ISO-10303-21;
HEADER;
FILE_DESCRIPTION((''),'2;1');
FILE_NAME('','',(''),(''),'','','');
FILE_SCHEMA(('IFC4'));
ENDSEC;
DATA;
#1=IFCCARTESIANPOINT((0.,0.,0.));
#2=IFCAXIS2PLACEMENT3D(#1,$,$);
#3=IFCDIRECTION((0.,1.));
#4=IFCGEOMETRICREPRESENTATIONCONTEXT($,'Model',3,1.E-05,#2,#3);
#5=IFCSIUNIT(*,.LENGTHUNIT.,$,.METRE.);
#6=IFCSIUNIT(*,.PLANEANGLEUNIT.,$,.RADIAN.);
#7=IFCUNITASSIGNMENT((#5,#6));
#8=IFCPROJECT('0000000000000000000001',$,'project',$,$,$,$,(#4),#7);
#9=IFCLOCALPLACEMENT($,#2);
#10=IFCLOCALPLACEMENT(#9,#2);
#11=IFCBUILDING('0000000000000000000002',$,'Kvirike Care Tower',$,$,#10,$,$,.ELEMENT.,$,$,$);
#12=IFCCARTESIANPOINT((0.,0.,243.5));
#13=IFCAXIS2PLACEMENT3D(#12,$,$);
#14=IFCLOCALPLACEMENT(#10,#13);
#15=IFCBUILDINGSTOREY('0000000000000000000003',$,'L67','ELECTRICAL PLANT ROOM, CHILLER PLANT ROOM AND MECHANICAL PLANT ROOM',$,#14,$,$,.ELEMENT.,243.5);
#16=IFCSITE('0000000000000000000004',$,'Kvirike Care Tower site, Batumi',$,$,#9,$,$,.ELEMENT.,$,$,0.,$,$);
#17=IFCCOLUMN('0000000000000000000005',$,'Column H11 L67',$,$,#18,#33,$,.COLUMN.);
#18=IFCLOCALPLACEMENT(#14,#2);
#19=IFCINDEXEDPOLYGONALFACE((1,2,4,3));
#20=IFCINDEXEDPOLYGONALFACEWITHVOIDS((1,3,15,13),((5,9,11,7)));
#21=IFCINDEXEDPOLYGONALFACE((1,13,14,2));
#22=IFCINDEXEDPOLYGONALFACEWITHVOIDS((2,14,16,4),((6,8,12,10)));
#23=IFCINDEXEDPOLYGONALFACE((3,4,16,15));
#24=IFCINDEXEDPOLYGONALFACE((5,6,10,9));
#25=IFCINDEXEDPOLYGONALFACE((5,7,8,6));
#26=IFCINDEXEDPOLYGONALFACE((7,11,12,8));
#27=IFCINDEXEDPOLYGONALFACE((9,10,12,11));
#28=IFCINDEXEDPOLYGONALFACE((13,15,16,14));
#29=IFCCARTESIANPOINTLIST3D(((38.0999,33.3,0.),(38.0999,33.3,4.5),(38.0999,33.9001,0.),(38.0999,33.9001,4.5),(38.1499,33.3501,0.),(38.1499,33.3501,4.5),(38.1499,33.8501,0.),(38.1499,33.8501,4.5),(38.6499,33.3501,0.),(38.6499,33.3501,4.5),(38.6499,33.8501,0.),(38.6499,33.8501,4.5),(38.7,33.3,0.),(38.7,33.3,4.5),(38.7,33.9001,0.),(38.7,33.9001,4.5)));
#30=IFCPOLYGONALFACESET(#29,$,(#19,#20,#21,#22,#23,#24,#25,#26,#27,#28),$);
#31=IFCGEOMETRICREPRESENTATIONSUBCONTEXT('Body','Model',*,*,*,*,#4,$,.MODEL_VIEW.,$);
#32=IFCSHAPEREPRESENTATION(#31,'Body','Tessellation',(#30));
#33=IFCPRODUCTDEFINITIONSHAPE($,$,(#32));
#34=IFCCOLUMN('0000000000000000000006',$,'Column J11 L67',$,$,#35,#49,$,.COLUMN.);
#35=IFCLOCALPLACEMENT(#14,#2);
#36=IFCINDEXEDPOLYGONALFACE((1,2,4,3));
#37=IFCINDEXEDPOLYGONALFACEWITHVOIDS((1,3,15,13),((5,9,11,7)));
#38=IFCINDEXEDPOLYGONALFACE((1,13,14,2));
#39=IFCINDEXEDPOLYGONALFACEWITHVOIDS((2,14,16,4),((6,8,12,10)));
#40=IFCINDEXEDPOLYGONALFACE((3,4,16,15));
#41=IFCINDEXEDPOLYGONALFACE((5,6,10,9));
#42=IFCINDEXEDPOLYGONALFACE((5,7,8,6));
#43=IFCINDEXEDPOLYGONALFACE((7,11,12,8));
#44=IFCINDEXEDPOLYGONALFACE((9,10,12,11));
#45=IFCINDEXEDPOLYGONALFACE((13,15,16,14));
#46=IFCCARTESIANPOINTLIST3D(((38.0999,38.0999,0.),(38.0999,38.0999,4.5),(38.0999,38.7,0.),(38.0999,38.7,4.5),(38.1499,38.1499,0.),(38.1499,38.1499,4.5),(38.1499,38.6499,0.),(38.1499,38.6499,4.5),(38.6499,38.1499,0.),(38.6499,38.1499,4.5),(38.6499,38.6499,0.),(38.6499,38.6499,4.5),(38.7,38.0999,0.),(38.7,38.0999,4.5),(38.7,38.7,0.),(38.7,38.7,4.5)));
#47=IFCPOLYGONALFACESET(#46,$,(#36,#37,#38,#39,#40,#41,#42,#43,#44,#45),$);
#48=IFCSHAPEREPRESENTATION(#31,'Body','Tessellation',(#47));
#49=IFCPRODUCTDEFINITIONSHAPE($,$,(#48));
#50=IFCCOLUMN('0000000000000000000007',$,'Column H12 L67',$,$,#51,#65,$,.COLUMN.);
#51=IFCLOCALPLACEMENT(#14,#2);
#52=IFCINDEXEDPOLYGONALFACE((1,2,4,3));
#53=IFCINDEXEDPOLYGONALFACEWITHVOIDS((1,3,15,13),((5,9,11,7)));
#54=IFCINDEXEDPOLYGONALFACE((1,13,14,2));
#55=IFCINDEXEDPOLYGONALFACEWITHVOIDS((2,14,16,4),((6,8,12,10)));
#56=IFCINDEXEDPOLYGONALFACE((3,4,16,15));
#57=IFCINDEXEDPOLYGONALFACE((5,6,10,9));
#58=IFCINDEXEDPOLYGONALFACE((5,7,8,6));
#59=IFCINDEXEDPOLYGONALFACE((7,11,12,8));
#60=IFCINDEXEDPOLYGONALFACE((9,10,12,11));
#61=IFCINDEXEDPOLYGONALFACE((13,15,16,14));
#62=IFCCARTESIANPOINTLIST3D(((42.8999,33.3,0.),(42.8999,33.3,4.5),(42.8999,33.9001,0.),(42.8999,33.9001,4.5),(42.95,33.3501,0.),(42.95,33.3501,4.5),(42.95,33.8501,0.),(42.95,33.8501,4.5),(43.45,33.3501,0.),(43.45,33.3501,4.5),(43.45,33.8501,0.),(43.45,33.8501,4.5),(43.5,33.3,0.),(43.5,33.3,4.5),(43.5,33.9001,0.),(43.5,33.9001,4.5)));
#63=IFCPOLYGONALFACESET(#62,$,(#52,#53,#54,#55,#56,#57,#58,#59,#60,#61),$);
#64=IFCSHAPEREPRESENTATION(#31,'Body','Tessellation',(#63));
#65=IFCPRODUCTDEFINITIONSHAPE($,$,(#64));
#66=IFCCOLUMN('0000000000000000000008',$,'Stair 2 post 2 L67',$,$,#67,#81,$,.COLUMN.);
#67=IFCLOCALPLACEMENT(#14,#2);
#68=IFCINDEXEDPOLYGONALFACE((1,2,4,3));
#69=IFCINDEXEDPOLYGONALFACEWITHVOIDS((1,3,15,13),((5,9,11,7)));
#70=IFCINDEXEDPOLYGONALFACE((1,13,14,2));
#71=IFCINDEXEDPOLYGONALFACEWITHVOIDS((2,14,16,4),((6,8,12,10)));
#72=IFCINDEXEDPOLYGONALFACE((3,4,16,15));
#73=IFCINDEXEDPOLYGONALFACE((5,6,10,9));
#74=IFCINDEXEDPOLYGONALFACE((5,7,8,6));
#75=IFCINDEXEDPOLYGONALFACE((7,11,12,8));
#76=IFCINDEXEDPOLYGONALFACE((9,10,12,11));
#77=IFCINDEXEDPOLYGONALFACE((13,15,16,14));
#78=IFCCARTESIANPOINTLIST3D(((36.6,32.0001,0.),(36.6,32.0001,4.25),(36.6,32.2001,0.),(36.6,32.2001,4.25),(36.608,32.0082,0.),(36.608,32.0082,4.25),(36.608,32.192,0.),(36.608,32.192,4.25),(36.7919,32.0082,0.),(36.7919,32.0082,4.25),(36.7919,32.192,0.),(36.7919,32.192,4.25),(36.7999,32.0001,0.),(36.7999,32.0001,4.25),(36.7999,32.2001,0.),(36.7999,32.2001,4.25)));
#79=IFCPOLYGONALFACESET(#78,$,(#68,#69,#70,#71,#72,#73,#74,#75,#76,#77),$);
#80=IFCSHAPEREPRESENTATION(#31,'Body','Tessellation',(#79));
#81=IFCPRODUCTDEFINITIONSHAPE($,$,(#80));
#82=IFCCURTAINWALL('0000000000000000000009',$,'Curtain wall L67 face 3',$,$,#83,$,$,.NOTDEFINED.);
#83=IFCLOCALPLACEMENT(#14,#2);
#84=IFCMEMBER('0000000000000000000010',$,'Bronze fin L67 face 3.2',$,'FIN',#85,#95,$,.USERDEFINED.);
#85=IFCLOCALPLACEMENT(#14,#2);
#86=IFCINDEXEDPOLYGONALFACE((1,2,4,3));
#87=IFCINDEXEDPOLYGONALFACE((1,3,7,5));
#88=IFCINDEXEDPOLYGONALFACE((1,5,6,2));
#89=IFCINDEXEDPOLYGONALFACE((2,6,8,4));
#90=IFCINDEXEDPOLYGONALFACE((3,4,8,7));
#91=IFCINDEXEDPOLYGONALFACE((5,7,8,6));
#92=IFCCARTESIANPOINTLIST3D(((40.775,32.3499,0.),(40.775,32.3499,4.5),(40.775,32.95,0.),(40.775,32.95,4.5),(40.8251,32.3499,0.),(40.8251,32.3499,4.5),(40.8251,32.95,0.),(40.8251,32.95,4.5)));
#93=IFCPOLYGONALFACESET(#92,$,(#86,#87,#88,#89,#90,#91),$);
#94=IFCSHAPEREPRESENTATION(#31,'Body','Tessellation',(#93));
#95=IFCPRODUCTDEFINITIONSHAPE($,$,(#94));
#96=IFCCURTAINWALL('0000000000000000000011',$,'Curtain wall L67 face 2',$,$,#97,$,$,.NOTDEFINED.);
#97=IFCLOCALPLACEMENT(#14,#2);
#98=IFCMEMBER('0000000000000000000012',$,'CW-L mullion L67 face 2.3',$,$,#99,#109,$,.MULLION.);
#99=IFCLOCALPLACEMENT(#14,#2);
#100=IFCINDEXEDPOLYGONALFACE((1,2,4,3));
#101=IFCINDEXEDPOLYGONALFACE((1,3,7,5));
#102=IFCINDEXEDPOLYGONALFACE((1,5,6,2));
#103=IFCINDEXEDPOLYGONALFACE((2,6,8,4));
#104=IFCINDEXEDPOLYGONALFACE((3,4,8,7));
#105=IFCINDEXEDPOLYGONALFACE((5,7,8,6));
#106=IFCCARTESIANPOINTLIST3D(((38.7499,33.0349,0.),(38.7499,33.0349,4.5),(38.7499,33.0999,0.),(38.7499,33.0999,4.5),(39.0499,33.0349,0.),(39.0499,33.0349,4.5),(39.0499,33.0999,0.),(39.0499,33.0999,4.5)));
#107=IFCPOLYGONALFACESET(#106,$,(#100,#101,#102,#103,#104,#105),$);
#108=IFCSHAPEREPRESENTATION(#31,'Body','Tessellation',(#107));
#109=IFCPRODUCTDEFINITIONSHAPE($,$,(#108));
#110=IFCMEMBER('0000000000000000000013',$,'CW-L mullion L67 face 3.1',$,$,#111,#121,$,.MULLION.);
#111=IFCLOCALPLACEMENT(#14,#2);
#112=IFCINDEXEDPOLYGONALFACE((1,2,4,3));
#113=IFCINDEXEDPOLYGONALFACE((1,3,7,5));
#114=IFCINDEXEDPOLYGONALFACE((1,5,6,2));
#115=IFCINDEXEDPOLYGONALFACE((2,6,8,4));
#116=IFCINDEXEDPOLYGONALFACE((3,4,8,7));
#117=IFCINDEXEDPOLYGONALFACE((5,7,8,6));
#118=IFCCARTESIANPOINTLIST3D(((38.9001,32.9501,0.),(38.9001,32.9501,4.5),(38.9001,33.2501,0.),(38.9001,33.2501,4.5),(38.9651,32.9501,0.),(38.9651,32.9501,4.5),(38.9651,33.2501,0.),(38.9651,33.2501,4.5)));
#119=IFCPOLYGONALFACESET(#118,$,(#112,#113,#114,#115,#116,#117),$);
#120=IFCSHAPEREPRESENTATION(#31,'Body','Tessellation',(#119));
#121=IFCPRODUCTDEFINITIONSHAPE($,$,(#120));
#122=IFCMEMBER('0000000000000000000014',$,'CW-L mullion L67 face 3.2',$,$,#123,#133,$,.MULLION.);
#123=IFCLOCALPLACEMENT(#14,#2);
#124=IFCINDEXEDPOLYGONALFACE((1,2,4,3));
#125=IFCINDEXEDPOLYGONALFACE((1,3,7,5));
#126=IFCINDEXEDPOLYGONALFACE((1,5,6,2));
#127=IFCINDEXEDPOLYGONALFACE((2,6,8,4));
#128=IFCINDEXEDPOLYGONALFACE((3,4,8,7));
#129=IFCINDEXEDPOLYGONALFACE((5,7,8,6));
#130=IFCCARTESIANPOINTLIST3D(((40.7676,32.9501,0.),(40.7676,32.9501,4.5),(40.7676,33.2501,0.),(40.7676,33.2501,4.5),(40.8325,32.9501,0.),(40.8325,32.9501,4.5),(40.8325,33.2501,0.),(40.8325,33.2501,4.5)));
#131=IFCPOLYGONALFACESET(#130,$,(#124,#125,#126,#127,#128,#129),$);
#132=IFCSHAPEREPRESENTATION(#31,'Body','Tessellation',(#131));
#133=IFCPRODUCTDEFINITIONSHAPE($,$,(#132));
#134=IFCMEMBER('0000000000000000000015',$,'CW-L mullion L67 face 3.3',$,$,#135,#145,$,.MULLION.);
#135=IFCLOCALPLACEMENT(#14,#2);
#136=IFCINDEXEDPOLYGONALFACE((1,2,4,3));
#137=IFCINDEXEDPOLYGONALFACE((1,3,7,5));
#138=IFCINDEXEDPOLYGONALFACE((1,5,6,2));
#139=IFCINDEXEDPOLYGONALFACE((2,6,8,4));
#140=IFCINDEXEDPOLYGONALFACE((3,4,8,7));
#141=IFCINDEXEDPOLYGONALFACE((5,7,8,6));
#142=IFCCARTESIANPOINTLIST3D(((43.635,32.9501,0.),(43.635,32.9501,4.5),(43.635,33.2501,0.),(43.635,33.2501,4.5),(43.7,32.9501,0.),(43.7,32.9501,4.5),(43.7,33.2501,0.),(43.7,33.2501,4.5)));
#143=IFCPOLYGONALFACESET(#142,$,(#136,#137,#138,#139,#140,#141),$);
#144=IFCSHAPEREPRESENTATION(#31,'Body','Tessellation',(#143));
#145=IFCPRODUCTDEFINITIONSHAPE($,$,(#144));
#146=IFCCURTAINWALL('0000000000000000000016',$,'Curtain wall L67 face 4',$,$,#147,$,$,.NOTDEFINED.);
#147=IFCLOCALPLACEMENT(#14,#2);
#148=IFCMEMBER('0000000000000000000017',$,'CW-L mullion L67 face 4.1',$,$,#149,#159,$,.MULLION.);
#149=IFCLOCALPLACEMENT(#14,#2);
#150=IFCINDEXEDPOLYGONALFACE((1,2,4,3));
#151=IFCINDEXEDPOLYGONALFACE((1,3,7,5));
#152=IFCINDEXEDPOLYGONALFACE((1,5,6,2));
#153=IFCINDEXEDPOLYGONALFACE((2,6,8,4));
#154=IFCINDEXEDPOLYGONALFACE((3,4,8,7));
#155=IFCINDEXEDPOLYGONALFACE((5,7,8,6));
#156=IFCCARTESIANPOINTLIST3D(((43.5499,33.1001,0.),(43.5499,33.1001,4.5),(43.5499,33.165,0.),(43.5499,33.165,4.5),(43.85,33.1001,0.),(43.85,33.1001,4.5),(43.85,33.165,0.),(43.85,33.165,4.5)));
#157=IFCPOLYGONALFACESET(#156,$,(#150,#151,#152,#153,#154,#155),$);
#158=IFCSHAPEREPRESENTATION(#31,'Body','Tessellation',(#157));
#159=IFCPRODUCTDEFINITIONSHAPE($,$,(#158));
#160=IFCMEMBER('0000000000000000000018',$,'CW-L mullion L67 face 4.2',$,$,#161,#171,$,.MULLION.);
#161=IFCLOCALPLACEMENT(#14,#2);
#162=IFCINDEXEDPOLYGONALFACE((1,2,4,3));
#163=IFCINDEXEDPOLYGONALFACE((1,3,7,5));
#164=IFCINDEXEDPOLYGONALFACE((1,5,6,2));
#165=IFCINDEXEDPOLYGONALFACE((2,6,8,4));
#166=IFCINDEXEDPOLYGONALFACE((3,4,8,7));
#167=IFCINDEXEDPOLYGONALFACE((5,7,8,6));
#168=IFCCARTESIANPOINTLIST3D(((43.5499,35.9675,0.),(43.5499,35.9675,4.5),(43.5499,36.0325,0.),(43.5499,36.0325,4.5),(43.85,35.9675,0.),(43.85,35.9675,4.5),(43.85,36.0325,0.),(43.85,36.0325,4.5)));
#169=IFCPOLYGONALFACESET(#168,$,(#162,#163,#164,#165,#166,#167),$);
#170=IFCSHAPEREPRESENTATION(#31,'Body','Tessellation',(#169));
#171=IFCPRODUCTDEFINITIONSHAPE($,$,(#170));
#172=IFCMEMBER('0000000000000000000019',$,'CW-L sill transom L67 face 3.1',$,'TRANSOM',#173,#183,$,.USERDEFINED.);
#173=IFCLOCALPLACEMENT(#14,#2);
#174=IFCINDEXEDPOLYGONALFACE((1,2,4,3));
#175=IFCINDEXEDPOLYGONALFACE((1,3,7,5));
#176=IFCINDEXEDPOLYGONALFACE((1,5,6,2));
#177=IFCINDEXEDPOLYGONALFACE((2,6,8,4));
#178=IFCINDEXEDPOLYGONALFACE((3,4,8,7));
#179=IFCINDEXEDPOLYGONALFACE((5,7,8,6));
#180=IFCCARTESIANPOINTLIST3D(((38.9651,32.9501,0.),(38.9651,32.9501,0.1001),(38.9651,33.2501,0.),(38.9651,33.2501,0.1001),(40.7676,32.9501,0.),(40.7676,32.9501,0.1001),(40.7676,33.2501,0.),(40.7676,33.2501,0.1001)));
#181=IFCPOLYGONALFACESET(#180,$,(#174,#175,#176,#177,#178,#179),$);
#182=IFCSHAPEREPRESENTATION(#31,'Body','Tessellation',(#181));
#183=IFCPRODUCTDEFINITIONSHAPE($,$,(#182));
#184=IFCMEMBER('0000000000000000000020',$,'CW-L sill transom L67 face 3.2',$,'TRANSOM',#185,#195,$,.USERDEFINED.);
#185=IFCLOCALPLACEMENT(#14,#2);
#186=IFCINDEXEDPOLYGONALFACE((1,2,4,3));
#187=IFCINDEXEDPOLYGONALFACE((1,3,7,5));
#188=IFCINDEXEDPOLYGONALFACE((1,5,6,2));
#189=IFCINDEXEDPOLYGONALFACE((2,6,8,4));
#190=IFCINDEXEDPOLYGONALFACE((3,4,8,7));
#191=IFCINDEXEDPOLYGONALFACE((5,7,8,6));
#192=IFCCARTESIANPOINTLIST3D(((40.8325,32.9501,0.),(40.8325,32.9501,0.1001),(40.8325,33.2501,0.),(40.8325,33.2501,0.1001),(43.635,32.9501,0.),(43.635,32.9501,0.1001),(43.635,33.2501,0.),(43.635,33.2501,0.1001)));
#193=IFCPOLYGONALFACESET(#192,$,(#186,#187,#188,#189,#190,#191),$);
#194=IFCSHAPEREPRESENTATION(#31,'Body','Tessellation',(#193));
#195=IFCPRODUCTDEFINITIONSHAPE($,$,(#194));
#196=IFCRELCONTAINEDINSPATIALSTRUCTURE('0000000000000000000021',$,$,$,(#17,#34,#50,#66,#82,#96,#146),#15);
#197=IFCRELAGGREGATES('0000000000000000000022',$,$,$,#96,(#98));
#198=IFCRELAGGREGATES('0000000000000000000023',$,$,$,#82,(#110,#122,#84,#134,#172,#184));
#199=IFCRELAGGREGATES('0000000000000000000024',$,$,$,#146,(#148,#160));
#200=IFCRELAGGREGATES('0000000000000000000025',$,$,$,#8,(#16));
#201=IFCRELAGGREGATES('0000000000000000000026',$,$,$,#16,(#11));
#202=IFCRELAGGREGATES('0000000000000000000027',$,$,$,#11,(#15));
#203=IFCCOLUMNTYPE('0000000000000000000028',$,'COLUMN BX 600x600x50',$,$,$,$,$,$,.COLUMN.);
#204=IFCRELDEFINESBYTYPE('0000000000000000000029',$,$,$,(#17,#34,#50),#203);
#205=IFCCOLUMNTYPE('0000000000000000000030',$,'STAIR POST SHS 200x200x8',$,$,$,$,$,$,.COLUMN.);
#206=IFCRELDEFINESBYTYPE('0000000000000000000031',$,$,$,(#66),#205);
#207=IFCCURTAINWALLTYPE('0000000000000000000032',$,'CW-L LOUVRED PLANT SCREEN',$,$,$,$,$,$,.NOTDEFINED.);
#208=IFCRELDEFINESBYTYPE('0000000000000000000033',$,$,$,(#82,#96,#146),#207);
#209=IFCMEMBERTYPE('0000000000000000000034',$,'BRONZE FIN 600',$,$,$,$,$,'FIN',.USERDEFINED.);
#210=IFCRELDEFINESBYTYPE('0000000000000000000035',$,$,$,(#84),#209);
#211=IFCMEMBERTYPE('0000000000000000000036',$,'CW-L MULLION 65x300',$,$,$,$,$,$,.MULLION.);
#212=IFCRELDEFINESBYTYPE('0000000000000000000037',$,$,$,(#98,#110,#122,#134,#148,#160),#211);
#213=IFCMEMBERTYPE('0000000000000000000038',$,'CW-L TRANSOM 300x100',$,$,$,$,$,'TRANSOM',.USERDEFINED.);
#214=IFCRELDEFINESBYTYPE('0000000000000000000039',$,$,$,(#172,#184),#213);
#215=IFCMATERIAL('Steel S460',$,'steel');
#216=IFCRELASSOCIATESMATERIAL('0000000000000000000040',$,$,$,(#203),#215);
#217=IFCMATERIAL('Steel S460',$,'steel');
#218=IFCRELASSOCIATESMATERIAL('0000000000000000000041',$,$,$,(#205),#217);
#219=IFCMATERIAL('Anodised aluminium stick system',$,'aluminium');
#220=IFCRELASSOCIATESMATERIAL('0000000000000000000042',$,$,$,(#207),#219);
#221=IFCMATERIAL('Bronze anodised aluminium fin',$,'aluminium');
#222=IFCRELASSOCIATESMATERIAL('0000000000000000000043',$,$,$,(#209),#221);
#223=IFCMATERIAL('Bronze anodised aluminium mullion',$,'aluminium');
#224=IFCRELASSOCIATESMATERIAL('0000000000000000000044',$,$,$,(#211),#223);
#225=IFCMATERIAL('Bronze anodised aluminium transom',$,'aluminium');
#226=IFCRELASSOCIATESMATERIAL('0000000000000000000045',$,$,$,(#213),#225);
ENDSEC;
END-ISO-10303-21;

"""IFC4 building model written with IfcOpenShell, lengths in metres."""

from ifc_helpers import new_model, si_unit, direction, frame, origin, origin_2d, place, context, subcontext, project, spatial, rectangle, hollow_rectangle, extrude, material, material_profile, profile_set, type_object, element, aggregate, save


model = new_model("IFC4")

# Units and contexts
model_context = context("Model", 3, precision=1e-05, world=origin(), true_north=direction((0.0, 1.0)))
body_context = subcontext(model_context, "Body", "Model", "MODEL_VIEW")
ifc_project = project(units=[si_unit("LENGTHUNIT", "METRE"), si_unit("PLANEANGLEUNIT", "RADIAN")], contexts=[model_context])

# Site, building, storey
site_placement = place(None, origin())
site = spatial("IfcSite", under=ifc_project, at=site_placement, Name="Kvirike Care Tower site, Batumi", CompositionType="ELEMENT", RefElevation=0.0)
building_placement = place(site_placement, origin())
building = spatial("IfcBuilding", under=site, at=building_placement, Name="Kvirike Care Tower", CompositionType="ELEMENT")
storey_placement = place(building_placement, frame((0.0, 0.0, 243.5)))
storey = spatial("IfcBuildingStorey", under=building, at=storey_placement, Name="L67", Description="ELECTRICAL PLANT ROOM, CHILLER PLANT ROOM AND MECHANICAL PLANT ROOM", CompositionType="ELEMENT", Elevation=243.5)

# Columns
ifc_material_1 = material(Name="Steel S460", Category="steel")
ifc_material_profile_1 = material_profile(ifc_material_1, hollow_rectangle(XDim=0.6001, YDim=0.6001, WallThickness=0.05, at=origin_2d()), Name="BX 600x600x50")
ifc_profile_set_1 = profile_set([ifc_material_profile_1], Name="Steel S460")
column_type_1 = type_object("IfcColumnType", Name="COLUMN BX 600x600x50", PredefinedType="COLUMN", material=ifc_profile_set_1)
for number, where, z_axis, x_axis, name in (
    (1, (38.3999, 33.6001, 0.0), (0.0, 0.0, 1.0), (0.0, 1.0, 0.0), "Column H11 L67"),
    (2, (38.3999, 38.3999, 0.0), (0.0, 0.0, 1.0), (0.0, 1.0, 0.0), "Column J11 L67"),
    (3, (43.2, 33.6001, 0.0), (0.0, 0.0, 1.0), (0.0, 1.0, 0.0), "Column H12 L67"),
):
    element("IfcColumn", number, at=place(storey_placement, frame(where, z_axis=z_axis, x_axis=x_axis)), inside=storey, type_object=column_type_1, Name=name, PredefinedType="COLUMN", context=body_context, shape_type="SweptSolid", body=[
        extrude(hollow_rectangle(XDim=0.6001, YDim=0.6001, WallThickness=0.05, at=origin_2d()), origin(), (0.0, 0.0, 1.0), 4.5),
    ])
ifc_material_2 = material(Name="Steel S460", Category="steel")
ifc_material_profile_2 = material_profile(ifc_material_2, hollow_rectangle(XDim=0.2, YDim=0.2, WallThickness=0.0081, at=origin_2d()), Name="SHS 200x200x8")
ifc_profile_set_2 = profile_set([ifc_material_profile_2], Name="Steel S460")
column_type_2 = type_object("IfcColumnType", Name="STAIR POST SHS 200x200x8", PredefinedType="COLUMN", material=ifc_profile_set_2)
column_placement = place(storey_placement, frame((36.7, 32.1001, 0.0), z_axis=(0.0, 0.0, 1.0), x_axis=(1.0, 0.0, 0.0)))
element("IfcColumn", 4, at=column_placement, inside=storey, type_object=column_type_2, Name="Stair 2 post 2 L67", PredefinedType="COLUMN", context=body_context, shape_type="SweptSolid", body=[
    extrude(hollow_rectangle(XDim=0.2, YDim=0.2, WallThickness=0.0081, at=origin_2d()), origin(), (0.0, 0.0, 1.0), 4.25),
])

# Curtain walls, members
ifc_material_3 = material(Name="Anodised aluminium stick system", Category="aluminium")
curtain_wall_type = type_object("IfcCurtainWallType", Name="CW-L LOUVRED PLANT SCREEN", PredefinedType="NOTDEFINED", material=ifc_material_3)
curtain_wall_1_placement = place(storey_placement, origin())
curtain_wall_1 = element("IfcCurtainWall", 5, at=curtain_wall_1_placement, inside=storey, type_object=curtain_wall_type, Name="Curtain wall L67 face 3", PredefinedType="NOTDEFINED")
ifc_material_4 = material(Name="Bronze anodised aluminium fin", Category="aluminium")
ifc_material_profile_3 = material_profile(ifc_material_4, rectangle(XDim=0.05, YDim=0.6001, at=origin_2d()), Name="BRONZE FIN 600")
ifc_profile_set_3 = profile_set([ifc_material_profile_3], Name="Bronze anodised aluminium fin")
member_type_1 = type_object("IfcMemberType", Name="BRONZE FIN 600", ElementType="FIN", PredefinedType="USERDEFINED", material=ifc_profile_set_3)
member_1_placement = place(storey_placement, frame((40.8, 32.6499, 0.0), z_axis=(0.0, 0.0, 1.0), x_axis=(1.0, 0.0, 0.0)))
member_1 = element("IfcMember", 6, at=member_1_placement, type_object=member_type_1, Name="Bronze fin L67 face 3.2", ObjectType="FIN", PredefinedType="USERDEFINED", context=body_context, shape_type="SweptSolid", body=[
    extrude(rectangle(XDim=0.05, YDim=0.6001, at=origin_2d()), origin(), (0.0, 0.0, 1.0), 4.5),
])
curtain_wall_2_placement = place(storey_placement, origin())
curtain_wall_2 = element("IfcCurtainWall", 7, at=curtain_wall_2_placement, inside=storey, type_object=curtain_wall_type, Name="Curtain wall L67 face 2", PredefinedType="NOTDEFINED")
ifc_material_5 = material(Name="Bronze anodised aluminium mullion", Category="aluminium")
ifc_material_profile_4 = material_profile(ifc_material_5, rectangle(XDim=0.0649, YDim=0.3, at=origin_2d()), Name="CW-L MULLION 65x300")
ifc_profile_set_4 = profile_set([ifc_material_profile_4], Name="Bronze anodised aluminium mullion")
member_type_2 = type_object("IfcMemberType", Name="CW-L MULLION 65x300", PredefinedType="MULLION", material=ifc_profile_set_4)
member_2_placement = place(storey_placement, frame((38.8999, 33.0674, 0.0), z_axis=(0.0, 0.0, 1.0), x_axis=(0.0, 1.0, 0.0)))
member_2 = element("IfcMember", 8, at=member_2_placement, type_object=member_type_2, Name="CW-L mullion L67 face 2.3", PredefinedType="MULLION", context=body_context, shape_type="SweptSolid", body=[
    extrude(rectangle(XDim=0.0649, YDim=0.3, at=origin_2d()), origin(), (0.0, 0.0, 1.0), 4.5),
])

# Members
member_3_placement = place(storey_placement, frame((38.9326, 33.1001, 0.0), z_axis=(0.0, 0.0, 1.0), x_axis=(1.0, 0.0, 0.0)))
member_3 = element("IfcMember", 9, at=member_3_placement, type_object=member_type_2, Name="CW-L mullion L67 face 3.1", PredefinedType="MULLION", context=body_context, shape_type="SweptSolid", body=[
    extrude(rectangle(XDim=0.0649, YDim=0.3, at=origin_2d()), origin(), (0.0, 0.0, 1.0), 4.5),
])
member_4_placement = place(storey_placement, frame((40.8, 33.1001, 0.0), z_axis=(0.0, 0.0, 1.0), x_axis=(1.0, 0.0, 0.0)))
member_4 = element("IfcMember", 10, at=member_4_placement, type_object=member_type_2, Name="CW-L mullion L67 face 3.2", PredefinedType="MULLION", context=body_context, shape_type="SweptSolid", body=[
    extrude(rectangle(XDim=0.0649, YDim=0.3, at=origin_2d()), origin(), (0.0, 0.0, 1.0), 4.5),
])
member_5_placement = place(storey_placement, frame((43.6675, 33.1001, 0.0), z_axis=(0.0, 0.0, 1.0), x_axis=(1.0, 0.0, 0.0)))
member_5 = element("IfcMember", 11, at=member_5_placement, type_object=member_type_2, Name="CW-L mullion L67 face 3.3", PredefinedType="MULLION", context=body_context, shape_type="SweptSolid", body=[
    extrude(rectangle(XDim=0.0649, YDim=0.3, at=origin_2d()), origin(), (0.0, 0.0, 1.0), 4.5),
])

# Curtain wall, members
curtain_wall_3_placement = place(storey_placement, origin())
curtain_wall_3 = element("IfcCurtainWall", 12, at=curtain_wall_3_placement, inside=storey, type_object=curtain_wall_type, Name="Curtain wall L67 face 4", PredefinedType="NOTDEFINED")
member_6_placement = place(storey_placement, frame((43.7, 33.1326, 0.0), z_axis=(0.0, 0.0, 1.0), x_axis=(0.0, 1.0, 0.0)))
member_6 = element("IfcMember", 13, at=member_6_placement, type_object=member_type_2, Name="CW-L mullion L67 face 4.1", PredefinedType="MULLION", context=body_context, shape_type="SweptSolid", body=[
    extrude(rectangle(XDim=0.0649, YDim=0.3, at=origin_2d()), origin(), (0.0, 0.0, 1.0), 4.5),
])
member_7_placement = place(storey_placement, frame((43.7, 36.0, 0.0), z_axis=(0.0, 0.0, 1.0), x_axis=(0.0, 1.0, 0.0)))
member_7 = element("IfcMember", 14, at=member_7_placement, type_object=member_type_2, Name="CW-L mullion L67 face 4.2", PredefinedType="MULLION", context=body_context, shape_type="SweptSolid", body=[
    extrude(rectangle(XDim=0.0649, YDim=0.3, at=origin_2d()), origin(), (0.0, 0.0, 1.0), 4.5),
])

# Members
ifc_material_6 = material(Name="Bronze anodised aluminium transom", Category="aluminium")
ifc_material_profile_5 = material_profile(ifc_material_6, rectangle(XDim=0.3, YDim=0.1001, at=origin_2d()), Name="CW-L TRANSOM 300x100")
ifc_profile_set_5 = profile_set([ifc_material_profile_5], Name="Bronze anodised aluminium transom")
member_type_3 = type_object("IfcMemberType", Name="CW-L TRANSOM 300x100", ElementType="TRANSOM", PredefinedType="USERDEFINED", material=ifc_profile_set_5)
member_8_placement = place(storey_placement, frame((38.9651, 33.1001, 0.05), z_axis=(1.0, 0.0, 0.0), x_axis=(0.0, 1.0, 0.0)))
member_8 = element("IfcMember", 15, at=member_8_placement, type_object=member_type_3, Name="CW-L sill transom L67 face 3.1", ObjectType="TRANSOM", PredefinedType="USERDEFINED", context=body_context, shape_type="SweptSolid", body=[
    extrude(rectangle(XDim=0.3, YDim=0.1001, at=origin_2d()), origin(), (0.0, 0.0, 1.0), 1.8025),
])
member_9_placement = place(storey_placement, frame((40.8325, 33.1001, 0.05), z_axis=(1.0, 0.0, 0.0), x_axis=(0.0, 1.0, 0.0)))
member_9 = element("IfcMember", 16, at=member_9_placement, type_object=member_type_3, Name="CW-L sill transom L67 face 3.2", ObjectType="TRANSOM", PredefinedType="USERDEFINED", context=body_context, shape_type="SweptSolid", body=[
    extrude(rectangle(XDim=0.3, YDim=0.1001, at=origin_2d()), origin(), (0.0, 0.0, 1.0), 2.8025),
])

aggregate(curtain_wall_2, [member_2])
aggregate(curtain_wall_1, [member_3, member_4, member_1, member_5, member_8, member_9])
aggregate(curtain_wall_3, [member_6, member_7])

save(model, "model.ifc")
